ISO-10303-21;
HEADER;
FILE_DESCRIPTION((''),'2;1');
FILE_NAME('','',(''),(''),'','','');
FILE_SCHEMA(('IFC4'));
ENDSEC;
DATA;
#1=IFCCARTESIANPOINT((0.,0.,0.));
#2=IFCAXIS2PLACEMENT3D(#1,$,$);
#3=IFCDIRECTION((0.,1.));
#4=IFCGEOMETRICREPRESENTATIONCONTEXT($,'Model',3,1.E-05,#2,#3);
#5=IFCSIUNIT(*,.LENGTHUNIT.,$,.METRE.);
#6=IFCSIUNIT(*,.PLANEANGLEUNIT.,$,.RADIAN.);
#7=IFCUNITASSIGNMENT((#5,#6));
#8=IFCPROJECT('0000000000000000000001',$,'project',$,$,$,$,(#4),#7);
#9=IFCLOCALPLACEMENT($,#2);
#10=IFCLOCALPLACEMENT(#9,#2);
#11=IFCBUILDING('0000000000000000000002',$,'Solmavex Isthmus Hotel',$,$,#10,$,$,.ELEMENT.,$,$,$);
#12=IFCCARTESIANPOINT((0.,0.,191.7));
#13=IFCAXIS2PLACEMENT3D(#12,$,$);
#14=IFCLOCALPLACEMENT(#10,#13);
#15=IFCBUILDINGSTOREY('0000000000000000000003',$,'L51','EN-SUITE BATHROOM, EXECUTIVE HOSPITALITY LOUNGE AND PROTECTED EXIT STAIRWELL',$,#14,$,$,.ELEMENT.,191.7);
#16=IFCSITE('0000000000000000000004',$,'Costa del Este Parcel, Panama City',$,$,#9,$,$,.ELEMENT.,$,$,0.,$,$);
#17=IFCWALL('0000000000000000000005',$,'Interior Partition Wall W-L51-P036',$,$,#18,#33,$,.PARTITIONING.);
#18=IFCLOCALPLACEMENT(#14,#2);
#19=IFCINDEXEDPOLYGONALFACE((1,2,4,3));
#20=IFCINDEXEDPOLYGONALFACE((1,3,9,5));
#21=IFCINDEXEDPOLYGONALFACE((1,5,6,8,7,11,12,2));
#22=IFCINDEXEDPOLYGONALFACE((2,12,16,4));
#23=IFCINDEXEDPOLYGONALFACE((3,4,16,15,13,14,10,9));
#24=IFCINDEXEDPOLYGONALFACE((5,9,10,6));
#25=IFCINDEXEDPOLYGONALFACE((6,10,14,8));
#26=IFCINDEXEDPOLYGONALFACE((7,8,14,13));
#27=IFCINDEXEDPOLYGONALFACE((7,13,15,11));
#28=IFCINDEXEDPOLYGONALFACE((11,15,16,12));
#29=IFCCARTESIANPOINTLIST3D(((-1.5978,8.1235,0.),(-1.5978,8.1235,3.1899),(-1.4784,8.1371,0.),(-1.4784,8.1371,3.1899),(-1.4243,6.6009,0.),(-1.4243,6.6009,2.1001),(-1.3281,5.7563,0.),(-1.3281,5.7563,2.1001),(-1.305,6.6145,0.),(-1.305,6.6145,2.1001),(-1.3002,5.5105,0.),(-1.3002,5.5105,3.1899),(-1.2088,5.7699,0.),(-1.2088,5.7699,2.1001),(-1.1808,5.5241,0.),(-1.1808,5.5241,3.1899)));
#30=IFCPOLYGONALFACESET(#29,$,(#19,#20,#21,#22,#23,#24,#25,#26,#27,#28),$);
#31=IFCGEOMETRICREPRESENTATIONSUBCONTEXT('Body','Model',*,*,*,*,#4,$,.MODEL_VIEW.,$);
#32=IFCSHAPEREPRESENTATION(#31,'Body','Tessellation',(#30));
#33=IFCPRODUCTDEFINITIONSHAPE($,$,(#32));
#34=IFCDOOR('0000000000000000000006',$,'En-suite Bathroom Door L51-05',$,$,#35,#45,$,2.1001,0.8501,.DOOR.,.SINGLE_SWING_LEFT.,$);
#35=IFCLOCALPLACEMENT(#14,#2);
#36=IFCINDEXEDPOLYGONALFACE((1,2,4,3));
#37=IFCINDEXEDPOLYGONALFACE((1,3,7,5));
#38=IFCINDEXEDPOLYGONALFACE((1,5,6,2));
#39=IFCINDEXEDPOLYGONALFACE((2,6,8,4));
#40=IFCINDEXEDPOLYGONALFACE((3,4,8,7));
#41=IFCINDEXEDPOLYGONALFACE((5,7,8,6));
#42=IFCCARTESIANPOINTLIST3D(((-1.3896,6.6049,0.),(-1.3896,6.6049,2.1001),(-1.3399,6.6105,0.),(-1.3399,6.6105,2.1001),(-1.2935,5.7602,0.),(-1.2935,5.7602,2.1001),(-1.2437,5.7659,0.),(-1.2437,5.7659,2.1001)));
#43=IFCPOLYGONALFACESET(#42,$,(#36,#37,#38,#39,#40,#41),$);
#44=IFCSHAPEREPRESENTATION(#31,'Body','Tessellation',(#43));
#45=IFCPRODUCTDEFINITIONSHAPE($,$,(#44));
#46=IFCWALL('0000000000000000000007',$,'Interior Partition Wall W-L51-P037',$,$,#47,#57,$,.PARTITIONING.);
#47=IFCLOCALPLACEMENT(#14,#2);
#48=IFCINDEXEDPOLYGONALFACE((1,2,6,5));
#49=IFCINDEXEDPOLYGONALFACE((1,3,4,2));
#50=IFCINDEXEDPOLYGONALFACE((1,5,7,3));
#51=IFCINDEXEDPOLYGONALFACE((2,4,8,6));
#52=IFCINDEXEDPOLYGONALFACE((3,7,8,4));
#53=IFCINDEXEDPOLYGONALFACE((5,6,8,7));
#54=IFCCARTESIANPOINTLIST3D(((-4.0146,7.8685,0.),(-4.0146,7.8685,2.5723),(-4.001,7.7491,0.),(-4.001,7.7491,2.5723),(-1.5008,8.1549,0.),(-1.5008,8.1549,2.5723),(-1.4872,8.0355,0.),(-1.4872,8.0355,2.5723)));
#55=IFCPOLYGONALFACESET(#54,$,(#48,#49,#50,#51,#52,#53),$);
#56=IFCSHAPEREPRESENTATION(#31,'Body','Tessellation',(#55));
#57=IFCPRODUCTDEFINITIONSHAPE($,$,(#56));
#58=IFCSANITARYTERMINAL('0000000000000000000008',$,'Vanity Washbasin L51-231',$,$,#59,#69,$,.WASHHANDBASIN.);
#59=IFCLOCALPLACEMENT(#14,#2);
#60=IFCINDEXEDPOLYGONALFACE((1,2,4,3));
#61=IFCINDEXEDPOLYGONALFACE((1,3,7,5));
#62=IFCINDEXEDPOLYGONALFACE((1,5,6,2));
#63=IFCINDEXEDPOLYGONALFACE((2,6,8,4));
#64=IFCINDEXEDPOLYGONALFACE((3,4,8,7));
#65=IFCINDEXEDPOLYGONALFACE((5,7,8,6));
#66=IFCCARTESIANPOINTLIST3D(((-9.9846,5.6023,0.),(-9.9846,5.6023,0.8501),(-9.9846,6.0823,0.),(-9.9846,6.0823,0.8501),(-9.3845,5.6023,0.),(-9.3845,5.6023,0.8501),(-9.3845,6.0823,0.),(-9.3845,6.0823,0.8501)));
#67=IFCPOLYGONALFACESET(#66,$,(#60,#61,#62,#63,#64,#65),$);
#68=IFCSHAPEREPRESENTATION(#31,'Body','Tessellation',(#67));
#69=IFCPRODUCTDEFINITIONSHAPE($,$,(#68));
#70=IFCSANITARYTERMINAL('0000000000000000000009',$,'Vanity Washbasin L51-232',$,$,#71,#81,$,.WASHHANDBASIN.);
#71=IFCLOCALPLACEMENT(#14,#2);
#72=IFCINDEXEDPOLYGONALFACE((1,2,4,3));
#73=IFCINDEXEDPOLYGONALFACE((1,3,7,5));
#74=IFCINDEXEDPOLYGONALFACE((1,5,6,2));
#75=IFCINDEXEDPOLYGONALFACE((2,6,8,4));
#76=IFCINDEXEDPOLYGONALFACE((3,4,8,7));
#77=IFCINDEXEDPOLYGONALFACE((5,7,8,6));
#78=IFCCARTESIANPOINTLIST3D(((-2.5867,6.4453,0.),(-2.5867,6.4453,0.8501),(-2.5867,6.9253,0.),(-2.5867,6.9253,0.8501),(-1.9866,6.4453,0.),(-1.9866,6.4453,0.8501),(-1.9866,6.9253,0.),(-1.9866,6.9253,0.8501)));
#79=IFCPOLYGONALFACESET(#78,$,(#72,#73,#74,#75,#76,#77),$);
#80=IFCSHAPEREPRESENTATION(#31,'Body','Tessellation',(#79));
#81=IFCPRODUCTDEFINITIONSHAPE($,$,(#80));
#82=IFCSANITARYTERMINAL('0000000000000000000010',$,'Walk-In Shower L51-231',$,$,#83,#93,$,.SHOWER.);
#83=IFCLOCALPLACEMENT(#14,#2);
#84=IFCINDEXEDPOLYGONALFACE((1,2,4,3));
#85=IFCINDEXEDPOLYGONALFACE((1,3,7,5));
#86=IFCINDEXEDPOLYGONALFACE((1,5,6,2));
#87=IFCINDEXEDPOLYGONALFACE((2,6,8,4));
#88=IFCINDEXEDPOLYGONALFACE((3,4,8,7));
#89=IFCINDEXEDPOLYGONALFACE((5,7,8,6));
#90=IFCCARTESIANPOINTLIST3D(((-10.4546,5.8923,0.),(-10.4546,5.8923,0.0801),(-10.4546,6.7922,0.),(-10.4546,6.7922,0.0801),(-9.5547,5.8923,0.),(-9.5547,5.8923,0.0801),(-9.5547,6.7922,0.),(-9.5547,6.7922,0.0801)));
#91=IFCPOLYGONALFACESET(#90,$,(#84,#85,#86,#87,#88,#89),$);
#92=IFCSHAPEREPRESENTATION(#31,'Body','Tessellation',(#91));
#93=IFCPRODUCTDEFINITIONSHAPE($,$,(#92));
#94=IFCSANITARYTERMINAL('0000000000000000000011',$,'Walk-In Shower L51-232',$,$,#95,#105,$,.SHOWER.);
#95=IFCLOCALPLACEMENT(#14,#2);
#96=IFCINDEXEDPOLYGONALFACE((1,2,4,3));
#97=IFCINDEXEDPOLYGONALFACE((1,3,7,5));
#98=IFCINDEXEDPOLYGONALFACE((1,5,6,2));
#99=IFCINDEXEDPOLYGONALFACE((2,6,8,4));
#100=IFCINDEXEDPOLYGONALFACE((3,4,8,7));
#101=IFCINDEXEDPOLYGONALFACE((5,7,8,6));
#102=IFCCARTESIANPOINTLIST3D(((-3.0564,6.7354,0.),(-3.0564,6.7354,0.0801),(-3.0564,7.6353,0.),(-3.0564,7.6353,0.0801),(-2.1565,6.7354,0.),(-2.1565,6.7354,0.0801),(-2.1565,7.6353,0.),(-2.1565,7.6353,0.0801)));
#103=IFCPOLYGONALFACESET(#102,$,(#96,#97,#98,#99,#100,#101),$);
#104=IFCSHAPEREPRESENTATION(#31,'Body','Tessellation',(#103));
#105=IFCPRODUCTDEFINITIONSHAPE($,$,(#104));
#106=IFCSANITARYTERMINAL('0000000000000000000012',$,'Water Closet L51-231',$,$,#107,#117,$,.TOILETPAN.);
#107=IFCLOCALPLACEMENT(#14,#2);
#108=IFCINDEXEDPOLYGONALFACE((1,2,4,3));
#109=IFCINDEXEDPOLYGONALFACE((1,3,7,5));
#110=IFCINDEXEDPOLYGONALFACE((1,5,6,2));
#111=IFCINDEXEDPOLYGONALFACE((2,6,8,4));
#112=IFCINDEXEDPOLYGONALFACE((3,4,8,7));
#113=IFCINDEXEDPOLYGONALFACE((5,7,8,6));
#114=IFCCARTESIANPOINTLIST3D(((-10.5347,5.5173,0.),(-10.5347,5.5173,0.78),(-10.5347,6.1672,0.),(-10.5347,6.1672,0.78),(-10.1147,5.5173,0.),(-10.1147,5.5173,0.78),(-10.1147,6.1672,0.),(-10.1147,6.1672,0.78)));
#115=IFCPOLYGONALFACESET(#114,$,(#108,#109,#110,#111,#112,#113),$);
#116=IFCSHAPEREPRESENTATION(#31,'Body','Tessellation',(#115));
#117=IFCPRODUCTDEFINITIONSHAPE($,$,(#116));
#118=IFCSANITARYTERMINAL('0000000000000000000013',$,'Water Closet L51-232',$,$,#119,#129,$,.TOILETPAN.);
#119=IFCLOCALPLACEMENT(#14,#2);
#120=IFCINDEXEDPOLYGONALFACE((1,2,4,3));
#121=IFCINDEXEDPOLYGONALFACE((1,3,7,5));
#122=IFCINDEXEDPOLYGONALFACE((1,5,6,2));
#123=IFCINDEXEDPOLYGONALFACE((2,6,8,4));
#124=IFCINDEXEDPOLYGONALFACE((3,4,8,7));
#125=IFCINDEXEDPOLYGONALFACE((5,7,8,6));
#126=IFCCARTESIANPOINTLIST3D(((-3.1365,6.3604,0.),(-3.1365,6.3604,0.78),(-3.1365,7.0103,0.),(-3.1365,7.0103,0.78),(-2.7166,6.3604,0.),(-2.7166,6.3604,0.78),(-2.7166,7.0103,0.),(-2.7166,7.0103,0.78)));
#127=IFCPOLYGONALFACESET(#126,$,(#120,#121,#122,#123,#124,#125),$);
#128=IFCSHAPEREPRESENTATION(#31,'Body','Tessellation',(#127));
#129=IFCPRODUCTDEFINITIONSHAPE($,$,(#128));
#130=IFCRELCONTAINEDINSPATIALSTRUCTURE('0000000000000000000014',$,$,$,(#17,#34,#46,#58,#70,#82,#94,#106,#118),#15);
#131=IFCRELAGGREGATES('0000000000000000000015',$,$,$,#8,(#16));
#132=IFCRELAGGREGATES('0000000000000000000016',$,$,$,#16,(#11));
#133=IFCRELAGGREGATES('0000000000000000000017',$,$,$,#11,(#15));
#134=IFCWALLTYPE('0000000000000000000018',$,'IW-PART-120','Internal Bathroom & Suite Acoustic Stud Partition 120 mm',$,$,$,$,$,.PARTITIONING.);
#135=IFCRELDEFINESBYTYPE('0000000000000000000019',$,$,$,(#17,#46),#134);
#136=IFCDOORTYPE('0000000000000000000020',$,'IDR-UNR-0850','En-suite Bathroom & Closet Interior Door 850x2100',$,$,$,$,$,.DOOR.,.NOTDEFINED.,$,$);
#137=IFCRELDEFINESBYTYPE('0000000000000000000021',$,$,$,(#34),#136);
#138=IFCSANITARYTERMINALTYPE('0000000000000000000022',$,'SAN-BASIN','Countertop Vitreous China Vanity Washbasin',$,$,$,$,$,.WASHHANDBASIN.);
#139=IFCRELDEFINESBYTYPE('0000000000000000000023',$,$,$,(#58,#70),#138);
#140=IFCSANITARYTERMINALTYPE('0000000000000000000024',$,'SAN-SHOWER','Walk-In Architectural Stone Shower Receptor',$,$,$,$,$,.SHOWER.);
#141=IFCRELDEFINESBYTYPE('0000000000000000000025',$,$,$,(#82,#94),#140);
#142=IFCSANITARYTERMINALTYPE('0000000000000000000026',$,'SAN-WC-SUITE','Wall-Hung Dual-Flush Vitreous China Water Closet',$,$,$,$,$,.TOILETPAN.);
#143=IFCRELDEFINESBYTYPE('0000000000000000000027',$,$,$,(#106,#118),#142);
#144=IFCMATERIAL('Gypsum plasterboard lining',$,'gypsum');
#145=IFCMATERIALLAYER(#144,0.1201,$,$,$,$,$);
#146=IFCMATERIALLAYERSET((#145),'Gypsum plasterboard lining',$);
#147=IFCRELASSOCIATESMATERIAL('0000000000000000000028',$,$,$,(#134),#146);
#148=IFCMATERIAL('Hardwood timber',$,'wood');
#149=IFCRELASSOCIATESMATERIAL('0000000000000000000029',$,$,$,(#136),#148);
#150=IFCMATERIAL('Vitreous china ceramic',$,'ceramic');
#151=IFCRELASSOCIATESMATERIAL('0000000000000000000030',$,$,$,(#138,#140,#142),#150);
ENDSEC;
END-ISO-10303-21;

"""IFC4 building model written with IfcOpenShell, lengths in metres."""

from ifc_helpers import new_model, si_unit, direction, frame, frame_2d, origin, origin_2d, place, context, subcontext, project, spatial, rectangle, extrude, material, layer, layer_set, type_object, element, fill, save


model = new_model("IFC4")

# Units and contexts
model_context = context("Model", 3, precision=1e-05, world=origin(), true_north=direction((0.0, 1.0)))
body_context = subcontext(model_context, "Body", "Model", "MODEL_VIEW")
ifc_project = project(units=[si_unit("LENGTHUNIT", "METRE"), si_unit("PLANEANGLEUNIT", "RADIAN")], contexts=[model_context])

# Site, building, storey
site_placement = place(None, origin())
site = spatial("IfcSite", under=ifc_project, at=site_placement, Name="Costa del Este Parcel, Panama City", CompositionType="ELEMENT", RefElevation=0.0)
building_placement = place(site_placement, origin())
building = spatial("IfcBuilding", under=site, at=building_placement, Name="Solmavex Isthmus Hotel", CompositionType="ELEMENT")
storey_placement = place(building_placement, frame((0.0, 0.0, 191.7)))
storey = spatial("IfcBuildingStorey", under=building, at=storey_placement, Name="L51", Description="EN-SUITE BATHROOM, EXECUTIVE HOSPITALITY LOUNGE AND PROTECTED EXIT STAIRWELL", CompositionType="ELEMENT", Elevation=191.7)

# Shared definitions
ifc_material_1 = material(Name="Gypsum plasterboard lining", Category="gypsum")

# Shared definitions
ifc_material_2 = material(Name="Hardwood timber", Category="wood")

# Shared definitions
ifc_layer_1 = layer(ifc_material_1, 0.1201)
ifc_layer_set_1 = layer_set([ifc_layer_1], Name="Gypsum plasterboard lining")
wall_type_1 = type_object("IfcWallType", Name="IW-PART-120", Description="Internal Bathroom & Suite Acoustic Stud Partition 120 mm", PredefinedType="PARTITIONING", material=ifc_layer_set_1)
door_type_1 = type_object("IfcDoorType", Name="IDR-UNR-0850", Description="En-suite Bathroom & Closet Interior Door 850x2100", OperationType="NOTDEFINED", PredefinedType="DOOR", material=ifc_material_2)

# Wall, opening, door
wall_1_placement = place(storey_placement, frame((-1.2405, 5.5173, 0.0), z_axis=(0.0, 0.0, 1.0), x_axis=(-0.113162, 0.993577, 0.0)))
wall_1 = element("IfcWall", 1, at=wall_1_placement, inside=storey, type_object=wall_type_1, Name="Interior Partition Wall W-L51-P036", PredefinedType="PARTITIONING", context=body_context, shape_type="SweptSolid", body=[
    extrude(rectangle(XDim=2.6299, YDim=0.1201, at=frame_2d((1.3149, 0.0))), origin(), (0.0, 0.0, 1.0), 3.1899),
])
opening_1_placement = place(wall_1_placement, frame((0.2473, 0.0, 0.0)))
opening_1 = element("IfcOpeningElement", 2, at=opening_1_placement, cuts=wall_1, PredefinedType="OPENING", context=body_context, shape_type="SweptSolid", body=[
    extrude(rectangle(XDim=0.8501, YDim=2.1001, at=frame_2d((0.425, 1.05))), frame((0.0, 0.0701, 0.0), z_axis=(0.0, -1.0, 0.0), x_axis=(1.0, 0.0, 0.0)), (0.0, 0.0, 1.0), 0.1401),
])
door_1_placement = place(opening_1_placement, frame((0.8501, 0.0, 0.0), z_axis=(0.0, 0.0, 1.0), x_axis=(-1.0, 0.0, 0.0)))
door_1 = element("IfcDoor", 3, at=door_1_placement, inside=storey, type_object=door_type_1, Name="En-suite Bathroom Door L51-05", OperationType="SINGLE_SWING_LEFT", OverallHeight=2.1001, OverallWidth=0.8501, PredefinedType="DOOR", context=body_context, shape_type="SweptSolid", body=[
    extrude(rectangle(XDim=0.8501, YDim=2.1001, at=frame_2d((0.425, 1.05))), frame((0.0, 0.0249, 0.0), z_axis=(0.0, -1.0, 0.0), x_axis=(1.0, 0.0, 0.0)), (0.0, 0.0, 1.0), 0.05),
])
fill(opening_1, door_1)

# Wall
wall_2_placement = place(storey_placement, frame((-1.4939, 8.0952, 0.0), z_axis=(0.0, 0.0, 1.0), x_axis=(-0.993573, -0.113195, 0.0)))
element("IfcWall", 4, at=wall_2_placement, inside=storey, type_object=wall_type_1, Name="Interior Partition Wall W-L51-P037", PredefinedType="PARTITIONING", context=body_context, shape_type="SweptSolid", body=[
    extrude(rectangle(XDim=2.53, YDim=0.1201, at=frame_2d((1.2651, 0.0))), origin(), (0.0, 0.0, 1.0), 2.5723),
])

# Sanitary terminals
ifc_material_3 = material(Name="Vitreous china ceramic", Category="ceramic")
sanitary_terminal_type_1 = type_object("IfcSanitaryTerminalType", Name="SAN-BASIN", Description="Countertop Vitreous China Vanity Washbasin", PredefinedType="WASHHANDBASIN", material=ifc_material_3)
for number, where, z_axis, x_axis, name in (
    (5, (-9.6846, 5.8423, 0.0), (0.0, 0.0, 1.0), (1.0, 0.0, 0.0), "Vanity Washbasin L51-231"),
    (6, (-2.2866, 6.6853, 0.0), (0.0, 0.0, 1.0), (1.0, 0.0, 0.0), "Vanity Washbasin L51-232"),
):
    element("IfcSanitaryTerminal", number, at=place(storey_placement, frame(where, z_axis=z_axis, x_axis=x_axis)), inside=storey, type_object=sanitary_terminal_type_1, Name=name, PredefinedType="WASHHANDBASIN", context=body_context, shape_type="SweptSolid", body=[
        extrude(rectangle(XDim=0.6001, YDim=0.48, at=origin_2d()), origin(), (0.0, 0.0, 1.0), 0.8501),
    ])
sanitary_terminal_type_2 = type_object("IfcSanitaryTerminalType", Name="SAN-SHOWER", Description="Walk-In Architectural Stone Shower Receptor", PredefinedType="SHOWER", material=ifc_material_3)
for number, where, z_axis, x_axis, name in (
    (7, (-10.0046, 6.3423, 0.0), (0.0, 0.0, 1.0), (1.0, 0.0, 0.0), "Walk-In Shower L51-231"),
    (8, (-2.6064, 7.1853, 0.0), (0.0, 0.0, 1.0), (1.0, 0.0, 0.0), "Walk-In Shower L51-232"),
):
    element("IfcSanitaryTerminal", number, at=place(storey_placement, frame(where, z_axis=z_axis, x_axis=x_axis)), inside=storey, type_object=sanitary_terminal_type_2, Name=name, PredefinedType="SHOWER", context=body_context, shape_type="SweptSolid", body=[
        extrude(rectangle(XDim=0.8999, YDim=0.8999, at=origin_2d()), origin(), (0.0, 0.0, 1.0), 0.0801),
    ])
sanitary_terminal_type_3 = type_object("IfcSanitaryTerminalType", Name="SAN-WC-SUITE", Description="Wall-Hung Dual-Flush Vitreous China Water Closet", PredefinedType="TOILETPAN", material=ifc_material_3)
for number, where, z_axis, x_axis, name in (
    (9, (-10.3247, 5.8423, 0.0), (0.0, 0.0, 1.0), (1.0, 0.0, 0.0), "Water Closet L51-231"),
    (10, (-2.9265, 6.6853, 0.0), (0.0, 0.0, 1.0), (1.0, 0.0, 0.0), "Water Closet L51-232"),
):
    element("IfcSanitaryTerminal", number, at=place(storey_placement, frame(where, z_axis=z_axis, x_axis=x_axis)), inside=storey, type_object=sanitary_terminal_type_3, Name=name, PredefinedType="TOILETPAN", context=body_context, shape_type="SweptSolid", body=[
        extrude(rectangle(XDim=0.4199, YDim=0.6499, at=origin_2d()), origin(), (0.0, 0.0, 1.0), 0.78),
    ])

save(model, "model.ifc")
